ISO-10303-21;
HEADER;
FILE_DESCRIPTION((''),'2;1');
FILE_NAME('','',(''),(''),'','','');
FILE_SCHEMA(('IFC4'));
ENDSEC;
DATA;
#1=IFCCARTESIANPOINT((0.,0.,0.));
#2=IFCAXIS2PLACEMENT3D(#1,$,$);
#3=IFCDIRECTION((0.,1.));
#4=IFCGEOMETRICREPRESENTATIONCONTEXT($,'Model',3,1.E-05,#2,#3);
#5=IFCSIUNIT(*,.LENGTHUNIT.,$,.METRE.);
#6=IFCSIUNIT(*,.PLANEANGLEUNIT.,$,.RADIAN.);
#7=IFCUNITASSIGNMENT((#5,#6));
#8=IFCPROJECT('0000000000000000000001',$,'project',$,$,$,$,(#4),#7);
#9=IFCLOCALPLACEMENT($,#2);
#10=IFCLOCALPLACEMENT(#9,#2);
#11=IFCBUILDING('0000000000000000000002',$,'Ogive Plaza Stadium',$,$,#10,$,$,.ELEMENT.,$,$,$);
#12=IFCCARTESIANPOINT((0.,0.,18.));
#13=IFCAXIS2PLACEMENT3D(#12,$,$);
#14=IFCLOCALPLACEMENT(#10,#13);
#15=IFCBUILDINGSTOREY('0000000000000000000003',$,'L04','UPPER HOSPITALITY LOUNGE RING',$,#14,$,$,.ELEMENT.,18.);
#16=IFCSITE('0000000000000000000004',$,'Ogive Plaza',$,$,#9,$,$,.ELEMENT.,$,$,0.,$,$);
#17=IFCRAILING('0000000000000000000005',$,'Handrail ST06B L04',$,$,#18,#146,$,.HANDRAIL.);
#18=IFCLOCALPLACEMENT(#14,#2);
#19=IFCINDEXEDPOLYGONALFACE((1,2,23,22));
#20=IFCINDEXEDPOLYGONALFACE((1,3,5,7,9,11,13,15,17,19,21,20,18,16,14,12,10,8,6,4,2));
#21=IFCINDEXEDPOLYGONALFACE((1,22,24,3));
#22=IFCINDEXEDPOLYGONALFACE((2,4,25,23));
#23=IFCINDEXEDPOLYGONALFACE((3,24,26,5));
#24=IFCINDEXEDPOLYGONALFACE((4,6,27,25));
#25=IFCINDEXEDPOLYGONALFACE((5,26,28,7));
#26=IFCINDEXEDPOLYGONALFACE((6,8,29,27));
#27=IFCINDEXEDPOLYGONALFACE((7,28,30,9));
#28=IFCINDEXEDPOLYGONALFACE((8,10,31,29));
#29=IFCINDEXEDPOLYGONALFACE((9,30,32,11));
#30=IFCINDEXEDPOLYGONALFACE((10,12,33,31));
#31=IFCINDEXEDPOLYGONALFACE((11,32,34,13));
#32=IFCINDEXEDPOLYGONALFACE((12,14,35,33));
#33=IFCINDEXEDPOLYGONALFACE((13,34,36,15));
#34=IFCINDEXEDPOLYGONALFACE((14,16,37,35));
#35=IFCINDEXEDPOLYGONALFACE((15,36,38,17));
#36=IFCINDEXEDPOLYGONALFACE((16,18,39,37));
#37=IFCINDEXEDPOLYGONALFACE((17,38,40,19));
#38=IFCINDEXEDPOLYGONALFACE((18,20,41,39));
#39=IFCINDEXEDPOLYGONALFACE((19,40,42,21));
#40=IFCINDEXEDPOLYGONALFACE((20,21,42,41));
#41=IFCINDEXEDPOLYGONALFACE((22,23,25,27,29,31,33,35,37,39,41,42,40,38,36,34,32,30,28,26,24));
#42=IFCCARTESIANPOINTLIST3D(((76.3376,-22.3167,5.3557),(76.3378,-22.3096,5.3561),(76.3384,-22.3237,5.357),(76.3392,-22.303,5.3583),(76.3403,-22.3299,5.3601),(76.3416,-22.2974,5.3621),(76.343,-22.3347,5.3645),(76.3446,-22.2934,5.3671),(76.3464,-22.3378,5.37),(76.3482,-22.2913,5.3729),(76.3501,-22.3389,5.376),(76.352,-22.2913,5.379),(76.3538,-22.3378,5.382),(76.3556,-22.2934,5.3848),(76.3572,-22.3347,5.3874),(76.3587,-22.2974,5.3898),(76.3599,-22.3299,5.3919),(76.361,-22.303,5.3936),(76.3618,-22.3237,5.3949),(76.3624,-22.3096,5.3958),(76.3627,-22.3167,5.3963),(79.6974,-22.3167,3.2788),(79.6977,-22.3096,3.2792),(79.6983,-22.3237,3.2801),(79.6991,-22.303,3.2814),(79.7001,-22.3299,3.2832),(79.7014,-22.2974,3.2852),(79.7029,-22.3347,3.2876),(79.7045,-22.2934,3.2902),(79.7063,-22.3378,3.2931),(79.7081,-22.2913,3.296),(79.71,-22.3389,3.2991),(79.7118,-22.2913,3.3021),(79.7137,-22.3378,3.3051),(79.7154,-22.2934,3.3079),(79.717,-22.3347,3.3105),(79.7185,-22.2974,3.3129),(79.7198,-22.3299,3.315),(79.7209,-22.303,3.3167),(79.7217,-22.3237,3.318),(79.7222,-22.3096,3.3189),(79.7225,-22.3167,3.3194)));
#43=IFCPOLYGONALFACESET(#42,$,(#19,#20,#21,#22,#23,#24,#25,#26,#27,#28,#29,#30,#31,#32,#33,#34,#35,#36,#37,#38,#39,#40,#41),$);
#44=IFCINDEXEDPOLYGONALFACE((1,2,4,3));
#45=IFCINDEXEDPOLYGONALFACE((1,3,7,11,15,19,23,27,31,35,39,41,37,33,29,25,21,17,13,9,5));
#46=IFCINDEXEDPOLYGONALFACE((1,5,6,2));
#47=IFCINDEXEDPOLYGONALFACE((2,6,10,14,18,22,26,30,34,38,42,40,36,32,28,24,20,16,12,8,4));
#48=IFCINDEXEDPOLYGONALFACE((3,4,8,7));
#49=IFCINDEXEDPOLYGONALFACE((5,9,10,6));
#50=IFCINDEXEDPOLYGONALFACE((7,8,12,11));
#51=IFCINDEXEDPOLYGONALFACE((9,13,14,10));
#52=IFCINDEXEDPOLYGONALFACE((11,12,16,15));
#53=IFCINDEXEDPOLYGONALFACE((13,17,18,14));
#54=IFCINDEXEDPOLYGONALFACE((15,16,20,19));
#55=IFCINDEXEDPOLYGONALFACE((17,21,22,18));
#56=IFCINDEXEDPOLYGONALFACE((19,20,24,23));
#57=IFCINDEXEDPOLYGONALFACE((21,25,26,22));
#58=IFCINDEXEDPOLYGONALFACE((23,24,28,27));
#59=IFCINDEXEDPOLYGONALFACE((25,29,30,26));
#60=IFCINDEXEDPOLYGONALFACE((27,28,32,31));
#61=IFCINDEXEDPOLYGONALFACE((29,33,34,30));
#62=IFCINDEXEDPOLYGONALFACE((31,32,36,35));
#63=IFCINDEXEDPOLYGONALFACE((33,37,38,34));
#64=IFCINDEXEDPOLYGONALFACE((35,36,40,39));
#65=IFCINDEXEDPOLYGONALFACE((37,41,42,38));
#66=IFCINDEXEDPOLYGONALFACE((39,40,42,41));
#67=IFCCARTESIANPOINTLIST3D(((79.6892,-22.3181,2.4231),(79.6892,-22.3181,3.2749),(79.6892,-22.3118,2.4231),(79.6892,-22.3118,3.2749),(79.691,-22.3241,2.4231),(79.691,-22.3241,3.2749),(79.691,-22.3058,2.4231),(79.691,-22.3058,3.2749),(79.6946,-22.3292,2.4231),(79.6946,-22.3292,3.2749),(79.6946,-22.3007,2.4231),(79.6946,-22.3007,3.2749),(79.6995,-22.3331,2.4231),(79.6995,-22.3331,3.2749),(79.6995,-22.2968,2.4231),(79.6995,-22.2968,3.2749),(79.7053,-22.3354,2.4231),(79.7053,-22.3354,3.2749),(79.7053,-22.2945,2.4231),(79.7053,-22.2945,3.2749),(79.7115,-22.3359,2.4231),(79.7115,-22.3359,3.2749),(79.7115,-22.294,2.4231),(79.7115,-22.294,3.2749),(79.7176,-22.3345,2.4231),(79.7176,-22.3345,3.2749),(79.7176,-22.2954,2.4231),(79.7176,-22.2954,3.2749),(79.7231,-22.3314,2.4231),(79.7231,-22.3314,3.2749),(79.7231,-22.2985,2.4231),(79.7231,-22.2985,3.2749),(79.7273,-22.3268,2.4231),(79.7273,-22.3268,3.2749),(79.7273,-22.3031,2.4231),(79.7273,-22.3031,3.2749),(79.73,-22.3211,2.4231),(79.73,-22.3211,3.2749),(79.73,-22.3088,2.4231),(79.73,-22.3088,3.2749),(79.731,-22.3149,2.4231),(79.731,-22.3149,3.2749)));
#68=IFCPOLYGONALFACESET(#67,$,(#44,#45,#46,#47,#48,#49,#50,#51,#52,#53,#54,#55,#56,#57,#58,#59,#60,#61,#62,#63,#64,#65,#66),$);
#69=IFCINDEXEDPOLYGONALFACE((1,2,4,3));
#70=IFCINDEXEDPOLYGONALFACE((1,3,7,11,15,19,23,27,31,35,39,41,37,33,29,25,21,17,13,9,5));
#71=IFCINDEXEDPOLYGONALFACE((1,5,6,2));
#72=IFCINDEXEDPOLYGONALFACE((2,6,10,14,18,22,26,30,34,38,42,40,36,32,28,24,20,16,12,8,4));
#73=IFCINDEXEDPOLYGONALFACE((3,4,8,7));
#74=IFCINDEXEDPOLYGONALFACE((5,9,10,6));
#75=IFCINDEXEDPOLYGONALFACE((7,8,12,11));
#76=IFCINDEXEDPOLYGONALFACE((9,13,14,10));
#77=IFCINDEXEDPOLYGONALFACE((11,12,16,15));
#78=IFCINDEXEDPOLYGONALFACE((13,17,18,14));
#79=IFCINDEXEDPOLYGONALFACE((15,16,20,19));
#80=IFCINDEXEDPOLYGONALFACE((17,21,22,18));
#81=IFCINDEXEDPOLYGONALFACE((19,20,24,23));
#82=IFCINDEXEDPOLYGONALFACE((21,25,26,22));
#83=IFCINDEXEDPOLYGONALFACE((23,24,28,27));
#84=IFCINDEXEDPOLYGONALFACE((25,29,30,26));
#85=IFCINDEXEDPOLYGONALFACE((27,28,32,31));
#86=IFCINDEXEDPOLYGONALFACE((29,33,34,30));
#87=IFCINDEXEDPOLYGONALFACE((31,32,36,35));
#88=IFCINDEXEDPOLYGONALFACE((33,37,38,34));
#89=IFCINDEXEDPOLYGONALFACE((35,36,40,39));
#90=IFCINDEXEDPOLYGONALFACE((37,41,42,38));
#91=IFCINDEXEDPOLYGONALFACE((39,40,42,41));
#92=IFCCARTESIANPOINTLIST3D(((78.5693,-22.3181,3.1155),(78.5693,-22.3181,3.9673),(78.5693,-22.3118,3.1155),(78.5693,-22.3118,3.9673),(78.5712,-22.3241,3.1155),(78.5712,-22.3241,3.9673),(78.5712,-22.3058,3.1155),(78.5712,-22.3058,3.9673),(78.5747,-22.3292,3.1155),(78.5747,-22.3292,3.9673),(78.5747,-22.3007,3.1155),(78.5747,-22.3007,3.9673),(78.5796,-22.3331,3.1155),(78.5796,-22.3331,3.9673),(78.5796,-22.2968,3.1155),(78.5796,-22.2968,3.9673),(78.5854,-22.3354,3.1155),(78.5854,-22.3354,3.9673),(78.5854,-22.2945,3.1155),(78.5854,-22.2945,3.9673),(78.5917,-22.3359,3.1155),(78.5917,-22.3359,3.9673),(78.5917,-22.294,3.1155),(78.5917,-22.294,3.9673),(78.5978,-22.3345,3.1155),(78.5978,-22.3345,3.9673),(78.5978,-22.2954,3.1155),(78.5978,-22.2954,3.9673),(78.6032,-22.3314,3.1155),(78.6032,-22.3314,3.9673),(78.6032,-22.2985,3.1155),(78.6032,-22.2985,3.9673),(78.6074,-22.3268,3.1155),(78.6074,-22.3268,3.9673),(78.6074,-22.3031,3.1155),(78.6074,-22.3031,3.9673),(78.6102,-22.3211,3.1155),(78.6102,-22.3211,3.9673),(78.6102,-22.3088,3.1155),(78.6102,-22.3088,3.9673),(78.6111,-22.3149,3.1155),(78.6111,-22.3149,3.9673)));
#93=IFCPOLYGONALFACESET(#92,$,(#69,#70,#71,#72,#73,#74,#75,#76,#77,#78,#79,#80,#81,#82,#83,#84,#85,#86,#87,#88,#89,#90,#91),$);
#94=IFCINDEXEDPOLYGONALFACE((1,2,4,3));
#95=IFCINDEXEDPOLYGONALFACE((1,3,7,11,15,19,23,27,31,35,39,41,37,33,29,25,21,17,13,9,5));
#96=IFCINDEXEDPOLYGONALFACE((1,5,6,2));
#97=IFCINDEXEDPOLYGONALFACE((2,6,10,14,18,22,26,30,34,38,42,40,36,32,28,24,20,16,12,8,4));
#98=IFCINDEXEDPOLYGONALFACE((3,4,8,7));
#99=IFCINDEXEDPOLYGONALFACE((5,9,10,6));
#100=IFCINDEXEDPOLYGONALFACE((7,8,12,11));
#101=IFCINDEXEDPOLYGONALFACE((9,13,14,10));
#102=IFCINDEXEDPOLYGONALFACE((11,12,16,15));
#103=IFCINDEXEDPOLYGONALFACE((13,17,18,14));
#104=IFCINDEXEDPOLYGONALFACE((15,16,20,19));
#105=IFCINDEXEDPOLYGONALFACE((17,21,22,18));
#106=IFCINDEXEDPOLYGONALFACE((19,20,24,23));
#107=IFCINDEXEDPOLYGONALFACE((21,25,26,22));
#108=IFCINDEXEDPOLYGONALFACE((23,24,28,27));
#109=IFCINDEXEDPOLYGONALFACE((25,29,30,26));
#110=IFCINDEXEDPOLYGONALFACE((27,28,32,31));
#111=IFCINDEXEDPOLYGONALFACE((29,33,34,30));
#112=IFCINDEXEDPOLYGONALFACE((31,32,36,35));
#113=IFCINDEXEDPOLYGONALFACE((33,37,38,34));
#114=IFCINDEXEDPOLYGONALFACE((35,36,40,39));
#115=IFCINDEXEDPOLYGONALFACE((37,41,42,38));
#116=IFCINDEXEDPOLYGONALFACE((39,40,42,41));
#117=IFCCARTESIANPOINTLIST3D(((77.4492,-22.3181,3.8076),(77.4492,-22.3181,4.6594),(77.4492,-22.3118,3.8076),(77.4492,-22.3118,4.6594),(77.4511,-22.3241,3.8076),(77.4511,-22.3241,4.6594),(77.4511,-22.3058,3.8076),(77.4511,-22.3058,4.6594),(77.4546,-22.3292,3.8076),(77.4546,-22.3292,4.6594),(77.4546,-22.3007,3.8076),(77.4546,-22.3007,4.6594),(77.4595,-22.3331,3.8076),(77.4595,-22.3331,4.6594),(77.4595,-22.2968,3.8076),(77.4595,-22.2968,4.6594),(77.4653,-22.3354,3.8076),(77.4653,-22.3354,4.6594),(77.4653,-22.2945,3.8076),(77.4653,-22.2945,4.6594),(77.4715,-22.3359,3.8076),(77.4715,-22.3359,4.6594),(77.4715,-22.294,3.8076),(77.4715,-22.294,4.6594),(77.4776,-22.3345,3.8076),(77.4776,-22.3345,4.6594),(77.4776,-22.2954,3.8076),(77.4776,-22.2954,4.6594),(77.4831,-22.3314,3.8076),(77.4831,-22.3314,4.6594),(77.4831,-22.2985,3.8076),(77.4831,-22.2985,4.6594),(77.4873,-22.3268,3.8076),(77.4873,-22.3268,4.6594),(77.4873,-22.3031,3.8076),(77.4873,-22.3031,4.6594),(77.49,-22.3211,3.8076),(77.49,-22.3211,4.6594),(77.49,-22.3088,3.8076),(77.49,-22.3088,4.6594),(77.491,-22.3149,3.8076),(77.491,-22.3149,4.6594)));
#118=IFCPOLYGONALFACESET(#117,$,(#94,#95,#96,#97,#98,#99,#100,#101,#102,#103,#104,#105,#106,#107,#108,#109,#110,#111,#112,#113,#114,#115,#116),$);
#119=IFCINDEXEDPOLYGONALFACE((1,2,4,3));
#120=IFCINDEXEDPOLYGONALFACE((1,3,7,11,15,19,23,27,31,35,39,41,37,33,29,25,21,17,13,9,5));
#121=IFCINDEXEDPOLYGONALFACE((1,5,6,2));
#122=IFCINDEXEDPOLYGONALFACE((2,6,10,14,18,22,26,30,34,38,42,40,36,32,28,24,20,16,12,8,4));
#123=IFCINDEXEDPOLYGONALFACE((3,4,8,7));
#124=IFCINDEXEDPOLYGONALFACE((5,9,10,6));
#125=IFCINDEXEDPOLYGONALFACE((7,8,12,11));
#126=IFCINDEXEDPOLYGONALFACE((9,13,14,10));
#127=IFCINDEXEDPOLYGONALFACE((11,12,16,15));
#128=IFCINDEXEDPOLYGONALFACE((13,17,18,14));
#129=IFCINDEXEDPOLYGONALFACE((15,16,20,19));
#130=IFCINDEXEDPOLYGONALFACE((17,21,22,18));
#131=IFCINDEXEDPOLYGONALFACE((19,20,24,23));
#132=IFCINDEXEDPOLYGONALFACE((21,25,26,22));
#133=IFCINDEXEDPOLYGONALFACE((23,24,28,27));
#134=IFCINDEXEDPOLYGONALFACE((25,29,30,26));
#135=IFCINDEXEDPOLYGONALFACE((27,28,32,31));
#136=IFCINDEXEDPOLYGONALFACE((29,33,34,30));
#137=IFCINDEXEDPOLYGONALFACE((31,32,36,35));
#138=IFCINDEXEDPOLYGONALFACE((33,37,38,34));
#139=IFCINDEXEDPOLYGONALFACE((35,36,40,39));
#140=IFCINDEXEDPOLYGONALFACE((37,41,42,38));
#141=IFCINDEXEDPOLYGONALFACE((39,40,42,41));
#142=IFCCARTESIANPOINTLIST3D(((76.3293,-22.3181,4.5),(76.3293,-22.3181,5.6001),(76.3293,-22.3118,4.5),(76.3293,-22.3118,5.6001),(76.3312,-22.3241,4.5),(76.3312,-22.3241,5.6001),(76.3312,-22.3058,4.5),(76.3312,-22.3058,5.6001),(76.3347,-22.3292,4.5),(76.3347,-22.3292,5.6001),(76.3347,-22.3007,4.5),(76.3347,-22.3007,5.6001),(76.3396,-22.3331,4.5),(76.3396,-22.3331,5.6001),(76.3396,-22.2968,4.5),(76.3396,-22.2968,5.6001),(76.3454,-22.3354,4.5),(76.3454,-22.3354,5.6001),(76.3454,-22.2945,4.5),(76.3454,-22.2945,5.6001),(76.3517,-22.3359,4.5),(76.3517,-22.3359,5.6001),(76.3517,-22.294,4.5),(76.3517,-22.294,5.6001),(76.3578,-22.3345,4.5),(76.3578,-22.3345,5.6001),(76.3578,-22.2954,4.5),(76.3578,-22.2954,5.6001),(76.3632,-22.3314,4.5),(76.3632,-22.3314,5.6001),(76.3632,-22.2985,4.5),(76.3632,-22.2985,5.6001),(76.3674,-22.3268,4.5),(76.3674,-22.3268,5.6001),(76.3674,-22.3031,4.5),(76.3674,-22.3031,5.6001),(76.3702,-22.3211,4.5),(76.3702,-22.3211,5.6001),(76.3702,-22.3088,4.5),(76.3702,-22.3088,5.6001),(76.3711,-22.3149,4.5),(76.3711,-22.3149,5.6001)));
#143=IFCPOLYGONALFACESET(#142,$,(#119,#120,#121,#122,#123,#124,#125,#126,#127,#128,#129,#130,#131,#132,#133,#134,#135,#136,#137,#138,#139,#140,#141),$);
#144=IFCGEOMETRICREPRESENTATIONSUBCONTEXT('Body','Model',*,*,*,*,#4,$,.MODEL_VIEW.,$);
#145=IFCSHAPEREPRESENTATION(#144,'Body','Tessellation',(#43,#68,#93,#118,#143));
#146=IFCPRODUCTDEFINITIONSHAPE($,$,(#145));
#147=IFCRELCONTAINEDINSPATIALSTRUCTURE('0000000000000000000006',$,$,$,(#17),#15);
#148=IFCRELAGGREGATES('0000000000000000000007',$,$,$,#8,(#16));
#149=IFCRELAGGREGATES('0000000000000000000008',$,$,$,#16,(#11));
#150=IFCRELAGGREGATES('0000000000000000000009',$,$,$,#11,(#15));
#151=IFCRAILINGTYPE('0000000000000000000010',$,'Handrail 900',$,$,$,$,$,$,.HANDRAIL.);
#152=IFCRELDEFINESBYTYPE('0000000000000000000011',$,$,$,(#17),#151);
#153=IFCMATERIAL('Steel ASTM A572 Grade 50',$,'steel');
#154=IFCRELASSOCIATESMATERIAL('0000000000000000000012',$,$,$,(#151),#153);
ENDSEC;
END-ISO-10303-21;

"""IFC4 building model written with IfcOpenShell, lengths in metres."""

from ifc_helpers import new_model, si_unit, direction, frame, origin, origin_2d, place, context, subcontext, project, spatial, circle, extrude, material, type_object, element, save


model = new_model("IFC4")

# Units and contexts
model_context = context("Model", 3, precision=1e-05, world=origin(), true_north=direction((0.0, 1.0)))
body_context = subcontext(model_context, "Body", "Model", "MODEL_VIEW")
ifc_project = project(units=[si_unit("LENGTHUNIT", "METRE"), si_unit("PLANEANGLEUNIT", "RADIAN")], contexts=[model_context])

# Site, building, storey
site_placement = place(None, origin())
site = spatial("IfcSite", under=ifc_project, at=site_placement, Name="Ogive Plaza", CompositionType="ELEMENT", RefElevation=0.0)
building_placement = place(site_placement, origin())
building = spatial("IfcBuilding", under=site, at=building_placement, Name="Ogive Plaza Stadium", CompositionType="ELEMENT")
storey_placement = place(building_placement, frame((0.0, 0.0, 18.0)))
storey = spatial("IfcBuildingStorey", under=building, at=storey_placement, Name="L04", Description="UPPER HOSPITALITY LOUNGE RING", CompositionType="ELEMENT", Elevation=18.0)

# Railing
ifc_material_1 = material(Name="Steel ASTM A572 Grade 50", Category="steel")
railing_type = type_object("IfcRailingType", Name="Handrail 900", PredefinedType="HANDRAIL", material=ifc_material_1)
for number, where, name in (
    (1, (79.71, -22.3149, 2.4231), "Handrail ST06B L04"),
):
    element("IfcRailing", number, at=place(storey_placement, frame(where)), inside=storey, type_object=railing_type, Name=name, PredefinedType="HANDRAIL", context=body_context, shape_type="SweptSolid", body=[
        extrude(circle(Radius=0.0239, at=origin_2d()), frame((0.0, 0.0, 0.876), z_axis=(-0.850606, 0.0, 0.525803), x_axis=(0.0, -1.0, 0.0)), (0.0, 0.0, 1.0), 3.95),
        extrude(circle(Radius=0.021, at=origin_2d()), origin(), (0.0, 0.0, 1.0), 0.8518),
        extrude(circle(Radius=0.021, at=origin_2d()), frame((-1.1199, 0.0, 0.6924)), (0.0, 0.0, 1.0), 0.8518),
        extrude(circle(Radius=0.021, at=origin_2d()), frame((-2.24, 0.0, 1.3845)), (0.0, 0.0, 1.0), 0.8518),
        extrude(circle(Radius=0.021, at=origin_2d()), frame((-3.3599, 0.0, 2.0769)), (0.0, 0.0, 1.0), 1.1001),
    ])

save(model, "model.ifc")
